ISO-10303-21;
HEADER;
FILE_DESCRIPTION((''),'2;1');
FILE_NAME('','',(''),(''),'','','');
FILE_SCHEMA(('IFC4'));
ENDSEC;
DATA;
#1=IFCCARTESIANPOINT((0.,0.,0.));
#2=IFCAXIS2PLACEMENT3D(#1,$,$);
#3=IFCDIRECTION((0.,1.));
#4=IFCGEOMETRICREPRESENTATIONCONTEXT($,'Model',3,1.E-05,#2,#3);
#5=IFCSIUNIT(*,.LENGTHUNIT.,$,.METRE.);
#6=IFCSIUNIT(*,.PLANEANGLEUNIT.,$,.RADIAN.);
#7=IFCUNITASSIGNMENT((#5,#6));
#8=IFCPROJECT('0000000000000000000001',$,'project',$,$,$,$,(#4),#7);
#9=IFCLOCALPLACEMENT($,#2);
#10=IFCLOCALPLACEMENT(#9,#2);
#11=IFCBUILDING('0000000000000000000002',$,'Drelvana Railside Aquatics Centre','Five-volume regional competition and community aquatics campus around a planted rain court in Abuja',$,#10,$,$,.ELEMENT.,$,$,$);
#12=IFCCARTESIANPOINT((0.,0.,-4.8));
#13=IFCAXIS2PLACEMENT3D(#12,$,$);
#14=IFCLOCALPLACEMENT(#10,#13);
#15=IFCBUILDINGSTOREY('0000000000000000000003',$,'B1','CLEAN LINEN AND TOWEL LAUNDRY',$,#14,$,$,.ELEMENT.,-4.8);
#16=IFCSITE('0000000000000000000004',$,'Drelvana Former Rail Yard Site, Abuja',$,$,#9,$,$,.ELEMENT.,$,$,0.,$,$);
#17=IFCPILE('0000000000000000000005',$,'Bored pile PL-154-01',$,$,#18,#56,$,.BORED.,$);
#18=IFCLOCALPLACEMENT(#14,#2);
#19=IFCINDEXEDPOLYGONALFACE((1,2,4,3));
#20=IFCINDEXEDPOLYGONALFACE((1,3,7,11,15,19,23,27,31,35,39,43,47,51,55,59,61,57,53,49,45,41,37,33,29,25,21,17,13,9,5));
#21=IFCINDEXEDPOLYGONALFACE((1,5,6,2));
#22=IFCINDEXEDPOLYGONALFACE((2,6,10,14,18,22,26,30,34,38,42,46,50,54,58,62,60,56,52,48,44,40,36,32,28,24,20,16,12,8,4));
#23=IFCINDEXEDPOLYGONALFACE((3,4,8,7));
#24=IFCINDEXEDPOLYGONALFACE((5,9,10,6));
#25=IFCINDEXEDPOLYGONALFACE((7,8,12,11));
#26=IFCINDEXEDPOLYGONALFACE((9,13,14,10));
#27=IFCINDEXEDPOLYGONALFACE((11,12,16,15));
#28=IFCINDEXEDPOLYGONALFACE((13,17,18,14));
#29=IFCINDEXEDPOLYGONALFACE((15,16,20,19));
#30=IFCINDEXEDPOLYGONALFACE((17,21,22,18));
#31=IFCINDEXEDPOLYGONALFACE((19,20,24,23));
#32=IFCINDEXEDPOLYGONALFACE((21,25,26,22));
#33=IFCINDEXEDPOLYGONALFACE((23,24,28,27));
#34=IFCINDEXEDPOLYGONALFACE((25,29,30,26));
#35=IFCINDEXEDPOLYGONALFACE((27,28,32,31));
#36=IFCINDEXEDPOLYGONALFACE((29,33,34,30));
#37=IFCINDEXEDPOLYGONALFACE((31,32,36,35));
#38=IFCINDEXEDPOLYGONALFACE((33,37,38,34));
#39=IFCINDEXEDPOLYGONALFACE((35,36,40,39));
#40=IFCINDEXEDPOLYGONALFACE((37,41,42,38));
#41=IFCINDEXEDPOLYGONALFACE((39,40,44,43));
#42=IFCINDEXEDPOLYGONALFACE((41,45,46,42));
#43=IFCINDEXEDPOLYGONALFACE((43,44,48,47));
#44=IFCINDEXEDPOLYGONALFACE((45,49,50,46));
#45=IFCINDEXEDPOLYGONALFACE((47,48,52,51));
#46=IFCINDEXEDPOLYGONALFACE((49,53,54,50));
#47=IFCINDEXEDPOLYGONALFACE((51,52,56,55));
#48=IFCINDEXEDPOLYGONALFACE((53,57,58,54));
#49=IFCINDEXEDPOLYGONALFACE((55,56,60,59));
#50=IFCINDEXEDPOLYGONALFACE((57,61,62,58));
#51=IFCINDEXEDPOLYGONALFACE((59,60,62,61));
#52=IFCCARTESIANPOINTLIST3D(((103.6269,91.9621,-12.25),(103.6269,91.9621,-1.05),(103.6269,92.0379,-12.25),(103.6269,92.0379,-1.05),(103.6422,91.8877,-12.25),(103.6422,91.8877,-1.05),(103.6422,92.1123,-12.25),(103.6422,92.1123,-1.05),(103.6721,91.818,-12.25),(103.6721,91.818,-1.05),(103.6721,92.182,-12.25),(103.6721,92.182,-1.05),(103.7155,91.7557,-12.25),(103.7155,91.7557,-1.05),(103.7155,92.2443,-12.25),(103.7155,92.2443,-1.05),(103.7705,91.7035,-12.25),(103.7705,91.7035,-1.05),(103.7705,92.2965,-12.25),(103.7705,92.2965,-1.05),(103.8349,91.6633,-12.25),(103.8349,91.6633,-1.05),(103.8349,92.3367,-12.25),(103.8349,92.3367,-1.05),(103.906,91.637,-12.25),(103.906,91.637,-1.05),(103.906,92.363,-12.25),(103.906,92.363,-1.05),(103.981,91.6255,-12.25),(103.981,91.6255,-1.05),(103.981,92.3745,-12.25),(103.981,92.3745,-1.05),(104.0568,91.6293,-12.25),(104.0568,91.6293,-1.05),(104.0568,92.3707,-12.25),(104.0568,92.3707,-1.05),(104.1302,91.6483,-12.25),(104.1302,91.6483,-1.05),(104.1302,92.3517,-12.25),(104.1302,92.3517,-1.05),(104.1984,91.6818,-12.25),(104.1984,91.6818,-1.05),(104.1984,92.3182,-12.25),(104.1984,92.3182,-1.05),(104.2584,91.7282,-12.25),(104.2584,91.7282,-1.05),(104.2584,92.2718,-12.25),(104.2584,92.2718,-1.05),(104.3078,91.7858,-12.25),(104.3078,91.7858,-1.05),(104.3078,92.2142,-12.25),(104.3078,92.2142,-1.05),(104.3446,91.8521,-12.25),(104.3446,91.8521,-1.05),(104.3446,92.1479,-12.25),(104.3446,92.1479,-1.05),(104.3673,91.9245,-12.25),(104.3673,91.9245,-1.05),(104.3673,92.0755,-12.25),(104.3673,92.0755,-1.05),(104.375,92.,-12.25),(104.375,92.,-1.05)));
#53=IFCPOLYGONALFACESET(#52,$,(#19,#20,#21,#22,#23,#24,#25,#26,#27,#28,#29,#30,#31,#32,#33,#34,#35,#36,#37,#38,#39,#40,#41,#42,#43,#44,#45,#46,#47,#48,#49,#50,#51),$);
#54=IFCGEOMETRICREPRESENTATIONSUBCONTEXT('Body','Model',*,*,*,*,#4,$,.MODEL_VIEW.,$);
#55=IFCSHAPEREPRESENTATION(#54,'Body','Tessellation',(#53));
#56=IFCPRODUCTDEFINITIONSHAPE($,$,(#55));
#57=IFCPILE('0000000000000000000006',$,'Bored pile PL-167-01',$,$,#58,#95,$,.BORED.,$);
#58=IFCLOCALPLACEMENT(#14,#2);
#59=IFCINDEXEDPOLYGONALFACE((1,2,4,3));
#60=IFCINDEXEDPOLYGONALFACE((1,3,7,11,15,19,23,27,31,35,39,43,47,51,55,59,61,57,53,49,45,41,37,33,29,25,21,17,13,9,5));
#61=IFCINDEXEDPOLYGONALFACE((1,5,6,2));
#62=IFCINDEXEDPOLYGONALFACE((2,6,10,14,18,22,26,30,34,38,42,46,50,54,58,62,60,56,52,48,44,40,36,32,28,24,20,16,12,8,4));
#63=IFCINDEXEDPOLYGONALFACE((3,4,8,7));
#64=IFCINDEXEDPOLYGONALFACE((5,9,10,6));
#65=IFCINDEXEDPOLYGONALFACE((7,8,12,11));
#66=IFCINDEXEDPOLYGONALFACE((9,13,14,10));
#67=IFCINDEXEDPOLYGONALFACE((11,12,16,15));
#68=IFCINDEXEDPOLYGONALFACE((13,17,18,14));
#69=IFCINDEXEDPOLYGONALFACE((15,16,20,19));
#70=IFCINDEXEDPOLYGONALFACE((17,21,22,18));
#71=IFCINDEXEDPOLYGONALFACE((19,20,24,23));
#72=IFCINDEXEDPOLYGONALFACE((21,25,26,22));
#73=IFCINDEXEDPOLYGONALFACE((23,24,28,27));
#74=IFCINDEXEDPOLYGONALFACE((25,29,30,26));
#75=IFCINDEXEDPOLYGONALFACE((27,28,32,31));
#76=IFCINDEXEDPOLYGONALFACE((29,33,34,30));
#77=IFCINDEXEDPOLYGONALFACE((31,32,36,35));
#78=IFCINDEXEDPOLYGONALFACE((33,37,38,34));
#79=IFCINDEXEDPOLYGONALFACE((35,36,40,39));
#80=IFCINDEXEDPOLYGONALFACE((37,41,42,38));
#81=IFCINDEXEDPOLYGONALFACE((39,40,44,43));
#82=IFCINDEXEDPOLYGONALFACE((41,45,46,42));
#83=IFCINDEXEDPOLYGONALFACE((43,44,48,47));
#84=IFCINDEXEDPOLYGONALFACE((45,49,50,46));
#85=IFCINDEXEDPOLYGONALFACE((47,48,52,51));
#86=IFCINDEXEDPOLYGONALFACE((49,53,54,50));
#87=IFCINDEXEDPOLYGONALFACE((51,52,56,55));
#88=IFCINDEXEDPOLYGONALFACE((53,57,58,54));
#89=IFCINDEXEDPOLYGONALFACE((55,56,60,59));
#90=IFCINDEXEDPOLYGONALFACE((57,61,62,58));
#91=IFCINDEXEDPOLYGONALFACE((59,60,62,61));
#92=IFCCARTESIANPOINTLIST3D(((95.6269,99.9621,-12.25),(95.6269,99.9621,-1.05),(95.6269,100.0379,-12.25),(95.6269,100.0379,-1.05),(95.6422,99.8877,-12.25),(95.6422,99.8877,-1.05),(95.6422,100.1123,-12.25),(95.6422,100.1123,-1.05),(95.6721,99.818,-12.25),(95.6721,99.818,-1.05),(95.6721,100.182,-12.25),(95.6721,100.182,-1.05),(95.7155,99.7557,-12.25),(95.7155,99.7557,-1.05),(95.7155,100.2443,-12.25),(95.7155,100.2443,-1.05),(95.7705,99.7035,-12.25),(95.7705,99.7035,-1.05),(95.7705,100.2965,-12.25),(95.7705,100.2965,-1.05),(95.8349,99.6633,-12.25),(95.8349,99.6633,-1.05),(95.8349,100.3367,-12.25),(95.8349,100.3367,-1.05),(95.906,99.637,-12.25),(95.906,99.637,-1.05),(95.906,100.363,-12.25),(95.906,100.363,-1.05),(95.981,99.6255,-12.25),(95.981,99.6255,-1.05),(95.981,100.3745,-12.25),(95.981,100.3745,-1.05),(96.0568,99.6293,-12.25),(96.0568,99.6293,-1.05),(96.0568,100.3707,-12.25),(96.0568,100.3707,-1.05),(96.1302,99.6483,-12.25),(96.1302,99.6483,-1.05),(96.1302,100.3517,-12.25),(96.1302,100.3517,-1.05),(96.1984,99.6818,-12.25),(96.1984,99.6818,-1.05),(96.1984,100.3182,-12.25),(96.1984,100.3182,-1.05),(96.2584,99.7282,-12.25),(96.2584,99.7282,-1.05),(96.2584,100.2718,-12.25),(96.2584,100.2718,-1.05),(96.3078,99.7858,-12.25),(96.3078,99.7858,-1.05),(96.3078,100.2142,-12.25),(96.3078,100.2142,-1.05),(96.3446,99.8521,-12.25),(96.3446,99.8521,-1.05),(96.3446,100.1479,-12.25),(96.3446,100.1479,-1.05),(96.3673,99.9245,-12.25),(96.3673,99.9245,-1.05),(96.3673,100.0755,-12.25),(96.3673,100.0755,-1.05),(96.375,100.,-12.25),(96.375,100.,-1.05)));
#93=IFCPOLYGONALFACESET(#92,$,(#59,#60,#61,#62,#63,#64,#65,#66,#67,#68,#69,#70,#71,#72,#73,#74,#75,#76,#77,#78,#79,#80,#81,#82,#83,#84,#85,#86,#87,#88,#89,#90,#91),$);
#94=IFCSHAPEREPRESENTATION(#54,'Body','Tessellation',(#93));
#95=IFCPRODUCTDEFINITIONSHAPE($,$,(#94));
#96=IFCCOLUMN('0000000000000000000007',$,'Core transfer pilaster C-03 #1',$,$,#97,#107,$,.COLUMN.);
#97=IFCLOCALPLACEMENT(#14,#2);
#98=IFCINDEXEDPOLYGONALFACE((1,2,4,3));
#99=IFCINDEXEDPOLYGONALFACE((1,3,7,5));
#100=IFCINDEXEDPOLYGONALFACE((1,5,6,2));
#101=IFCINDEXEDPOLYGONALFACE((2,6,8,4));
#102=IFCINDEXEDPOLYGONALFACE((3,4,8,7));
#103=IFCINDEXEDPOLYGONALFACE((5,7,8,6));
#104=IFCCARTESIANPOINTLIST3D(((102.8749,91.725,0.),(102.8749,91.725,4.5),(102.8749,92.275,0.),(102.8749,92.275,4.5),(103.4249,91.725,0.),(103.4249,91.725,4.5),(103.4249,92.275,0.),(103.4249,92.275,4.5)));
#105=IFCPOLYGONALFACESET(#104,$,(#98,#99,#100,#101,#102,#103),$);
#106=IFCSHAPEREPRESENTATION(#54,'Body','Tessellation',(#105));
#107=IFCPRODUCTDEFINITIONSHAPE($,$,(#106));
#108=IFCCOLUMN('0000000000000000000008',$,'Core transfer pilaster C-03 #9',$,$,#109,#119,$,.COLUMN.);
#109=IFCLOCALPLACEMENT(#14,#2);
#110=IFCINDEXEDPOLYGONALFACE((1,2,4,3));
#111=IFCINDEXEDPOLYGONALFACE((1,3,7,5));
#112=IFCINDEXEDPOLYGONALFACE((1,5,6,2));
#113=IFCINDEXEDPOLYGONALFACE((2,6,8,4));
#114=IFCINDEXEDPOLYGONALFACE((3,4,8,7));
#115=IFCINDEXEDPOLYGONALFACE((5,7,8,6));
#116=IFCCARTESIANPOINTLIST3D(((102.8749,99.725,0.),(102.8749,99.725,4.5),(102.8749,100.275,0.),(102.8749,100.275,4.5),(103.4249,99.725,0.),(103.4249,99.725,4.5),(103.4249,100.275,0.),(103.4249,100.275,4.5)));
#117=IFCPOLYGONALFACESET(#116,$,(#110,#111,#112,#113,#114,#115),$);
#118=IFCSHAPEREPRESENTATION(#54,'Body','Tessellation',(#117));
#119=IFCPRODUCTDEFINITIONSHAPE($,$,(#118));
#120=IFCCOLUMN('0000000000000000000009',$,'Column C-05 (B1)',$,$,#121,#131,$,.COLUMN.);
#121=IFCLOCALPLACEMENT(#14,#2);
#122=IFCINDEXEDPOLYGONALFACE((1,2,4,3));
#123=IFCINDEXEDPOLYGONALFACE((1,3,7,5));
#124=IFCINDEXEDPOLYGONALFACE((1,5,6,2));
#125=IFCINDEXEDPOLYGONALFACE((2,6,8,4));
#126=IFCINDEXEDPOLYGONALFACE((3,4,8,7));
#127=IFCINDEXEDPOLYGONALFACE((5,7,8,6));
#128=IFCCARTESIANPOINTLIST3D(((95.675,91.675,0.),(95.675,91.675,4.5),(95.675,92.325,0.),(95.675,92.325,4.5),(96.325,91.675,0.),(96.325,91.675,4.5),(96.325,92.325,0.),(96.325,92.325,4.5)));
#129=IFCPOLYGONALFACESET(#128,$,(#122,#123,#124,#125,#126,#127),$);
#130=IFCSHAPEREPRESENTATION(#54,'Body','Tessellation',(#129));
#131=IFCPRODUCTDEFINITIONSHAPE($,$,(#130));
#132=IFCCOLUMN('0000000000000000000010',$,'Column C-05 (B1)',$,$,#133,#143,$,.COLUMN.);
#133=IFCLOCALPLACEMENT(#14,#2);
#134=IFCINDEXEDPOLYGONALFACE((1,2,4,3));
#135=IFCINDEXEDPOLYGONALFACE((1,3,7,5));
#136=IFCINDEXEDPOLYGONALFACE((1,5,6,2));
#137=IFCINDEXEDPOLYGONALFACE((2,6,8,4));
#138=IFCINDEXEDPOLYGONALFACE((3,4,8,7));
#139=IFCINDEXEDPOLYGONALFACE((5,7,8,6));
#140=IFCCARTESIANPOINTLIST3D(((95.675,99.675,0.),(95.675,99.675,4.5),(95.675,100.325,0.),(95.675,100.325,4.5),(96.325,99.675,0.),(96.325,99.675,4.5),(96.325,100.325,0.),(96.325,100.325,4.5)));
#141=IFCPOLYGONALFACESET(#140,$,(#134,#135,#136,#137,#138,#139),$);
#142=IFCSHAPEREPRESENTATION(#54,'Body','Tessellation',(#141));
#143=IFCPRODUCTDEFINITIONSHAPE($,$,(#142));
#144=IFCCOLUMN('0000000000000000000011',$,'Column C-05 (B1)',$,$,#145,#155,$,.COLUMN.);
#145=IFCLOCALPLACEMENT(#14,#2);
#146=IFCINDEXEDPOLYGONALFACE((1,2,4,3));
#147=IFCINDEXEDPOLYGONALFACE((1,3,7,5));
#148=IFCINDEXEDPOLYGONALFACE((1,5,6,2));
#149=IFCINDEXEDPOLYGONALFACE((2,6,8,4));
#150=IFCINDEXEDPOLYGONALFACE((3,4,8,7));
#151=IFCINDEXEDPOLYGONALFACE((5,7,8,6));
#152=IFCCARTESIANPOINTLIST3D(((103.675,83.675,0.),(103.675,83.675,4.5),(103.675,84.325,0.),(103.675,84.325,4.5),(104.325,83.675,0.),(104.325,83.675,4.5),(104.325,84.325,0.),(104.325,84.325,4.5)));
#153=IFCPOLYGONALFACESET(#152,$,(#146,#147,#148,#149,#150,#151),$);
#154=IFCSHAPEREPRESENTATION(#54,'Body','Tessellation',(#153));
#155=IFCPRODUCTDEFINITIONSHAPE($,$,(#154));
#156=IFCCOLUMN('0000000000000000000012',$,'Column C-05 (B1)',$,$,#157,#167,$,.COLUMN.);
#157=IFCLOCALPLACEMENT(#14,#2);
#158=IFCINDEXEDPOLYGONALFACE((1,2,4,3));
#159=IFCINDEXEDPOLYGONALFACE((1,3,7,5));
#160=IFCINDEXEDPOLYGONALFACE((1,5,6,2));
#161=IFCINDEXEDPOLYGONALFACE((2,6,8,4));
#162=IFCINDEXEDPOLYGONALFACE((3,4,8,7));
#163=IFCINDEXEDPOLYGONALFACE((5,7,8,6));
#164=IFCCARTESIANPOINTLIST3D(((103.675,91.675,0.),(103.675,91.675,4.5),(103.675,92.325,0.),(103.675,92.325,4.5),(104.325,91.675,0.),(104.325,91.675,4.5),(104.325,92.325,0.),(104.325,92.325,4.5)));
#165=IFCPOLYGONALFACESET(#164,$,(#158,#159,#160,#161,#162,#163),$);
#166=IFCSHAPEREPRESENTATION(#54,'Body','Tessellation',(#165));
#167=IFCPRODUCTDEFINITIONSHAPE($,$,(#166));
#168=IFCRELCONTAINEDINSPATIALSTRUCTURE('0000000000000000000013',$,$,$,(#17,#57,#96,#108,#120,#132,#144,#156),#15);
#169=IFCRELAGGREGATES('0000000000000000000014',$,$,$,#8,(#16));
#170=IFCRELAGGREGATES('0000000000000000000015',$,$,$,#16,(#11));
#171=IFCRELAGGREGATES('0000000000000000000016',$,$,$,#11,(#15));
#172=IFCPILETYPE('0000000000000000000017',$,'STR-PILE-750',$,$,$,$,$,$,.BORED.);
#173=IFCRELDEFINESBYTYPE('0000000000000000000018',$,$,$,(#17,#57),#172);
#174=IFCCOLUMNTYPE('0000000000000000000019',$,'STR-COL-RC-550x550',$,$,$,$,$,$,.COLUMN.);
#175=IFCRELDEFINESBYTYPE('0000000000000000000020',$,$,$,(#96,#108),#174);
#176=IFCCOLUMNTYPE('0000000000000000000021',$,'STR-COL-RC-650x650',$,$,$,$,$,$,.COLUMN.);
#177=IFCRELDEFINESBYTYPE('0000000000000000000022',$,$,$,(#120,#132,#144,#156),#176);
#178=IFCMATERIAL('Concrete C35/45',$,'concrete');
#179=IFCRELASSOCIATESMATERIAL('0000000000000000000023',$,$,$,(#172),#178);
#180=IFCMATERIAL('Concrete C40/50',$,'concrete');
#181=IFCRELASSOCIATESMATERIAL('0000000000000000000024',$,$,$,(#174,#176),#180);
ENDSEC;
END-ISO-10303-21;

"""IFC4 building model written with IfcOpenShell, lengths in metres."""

from ifc_helpers import new_model, si_unit, direction, frame, origin, origin_2d, place, context, subcontext, project, spatial, rectangle, circle, extrude, material, material_profile, profile_set, type_object, element, save


model = new_model("IFC4")

# Units and contexts
model_context = context("Model", 3, precision=1e-05, world=origin(), true_north=direction((0.0, 1.0)))
body_context = subcontext(model_context, "Body", "Model", "MODEL_VIEW")
ifc_project = project(units=[si_unit("LENGTHUNIT", "METRE"), si_unit("PLANEANGLEUNIT", "RADIAN")], contexts=[model_context])

# Site, building, storey
site_placement = place(None, origin())
site = spatial("IfcSite", under=ifc_project, at=site_placement, Name="Drelvana Former Rail Yard Site, Abuja", CompositionType="ELEMENT", RefElevation=0.0)
building_placement = place(site_placement, origin())
building = spatial("IfcBuilding", under=site, at=building_placement, Name="Drelvana Railside Aquatics Centre", Description="Five-volume regional competition and community aquatics campus around a planted rain court in Abuja", CompositionType="ELEMENT")
storey_placement = place(building_placement, frame((0.0, 0.0, -4.8)))
storey = spatial("IfcBuildingStorey", under=building, at=storey_placement, Name="B1", Description="CLEAN LINEN AND TOWEL LAUNDRY", CompositionType="ELEMENT", Elevation=-4.8)

# Shared definitions
ifc_material_1 = material(Name="Concrete C35/45", Category="concrete")

# Piles
ifc_material_profile_1 = material_profile(ifc_material_1, circle(Radius=0.375, at=origin_2d()), Name="PILE D750")
ifc_profile_set_1 = profile_set([ifc_material_profile_1], Name="Concrete C35/45")
pile_type = type_object("IfcPileType", Name="STR-PILE-750", PredefinedType="BORED", material=ifc_profile_set_1)
for number, where, z_axis, x_axis, name in (
    (1, (104.0, 92.0, -1.05), (0.0, 0.0, -1.0), (1.0, 0.0, 0.0), "Bored pile PL-154-01"),
    (2, (96.0, 100.0, -1.05), (0.0, 0.0, -1.0), (1.0, 0.0, 0.0), "Bored pile PL-167-01"),
):
    element("IfcPile", number, at=place(storey_placement, frame(where, z_axis=z_axis, x_axis=x_axis)), inside=storey, type_object=pile_type, Name=name, PredefinedType="BORED", context=body_context, shape_type="SweptSolid", body=[
        extrude(circle(Radius=0.375, at=origin_2d()), origin(), (0.0, 0.0, 1.0), 11.2),
    ])

# Columns
ifc_material_2 = material(Name="Concrete C40/50", Category="concrete")
ifc_material_profile_2 = material_profile(ifc_material_2, rectangle(XDim=0.55, YDim=0.55, at=origin_2d()), Name="RC 550x550")
ifc_profile_set_2 = profile_set([ifc_material_profile_2], Name="Concrete C40/50")
column_type_1 = type_object("IfcColumnType", Name="STR-COL-RC-550x550", PredefinedType="COLUMN", material=ifc_profile_set_2)
for number, where, z_axis, x_axis, name in (
    (3, (103.1499, 92.0, 0.0), (0.0, 0.0, 1.0), (1.0, 0.0, 0.0), "Core transfer pilaster C-03 #1"),
    (4, (103.1499, 100.0, 0.0), (0.0, 0.0, 1.0), (1.0, 0.0, 0.0), "Core transfer pilaster C-03 #9"),
):
    element("IfcColumn", number, at=place(storey_placement, frame(where, z_axis=z_axis, x_axis=x_axis)), inside=storey, type_object=column_type_1, Name=name, PredefinedType="COLUMN", context=body_context, shape_type="SweptSolid", body=[
        extrude(rectangle(XDim=0.55, YDim=0.55, at=origin_2d()), origin(), (0.0, 0.0, 1.0), 4.5),
    ])
ifc_material_profile_3 = material_profile(ifc_material_2, rectangle(XDim=0.6499, YDim=0.6499, at=origin_2d()), Name="RC 650x650")
ifc_profile_set_3 = profile_set([ifc_material_profile_3], Name="Concrete C40/50")
column_type_2 = type_object("IfcColumnType", Name="STR-COL-RC-650x650", PredefinedType="COLUMN", material=ifc_profile_set_3)
for number, where, z_axis, x_axis, name in (
    (5, (96.0, 92.0, 0.0), (0.0, 0.0, 1.0), (1.0, 0.0, 0.0), "Column C-05 (B1)"),
    (6, (96.0, 100.0, 0.0), (0.0, 0.0, 1.0), (1.0, 0.0, 0.0), "Column C-05 (B1)"),
    (7, (104.0, 84.0, 0.0), (0.0, 0.0, 1.0), (1.0, 0.0, 0.0), "Column C-05 (B1)"),
    (8, (104.0, 92.0, 0.0), (0.0, 0.0, 1.0), (1.0, 0.0, 0.0), "Column C-05 (B1)"),
):
    element("IfcColumn", number, at=place(storey_placement, frame(where, z_axis=z_axis, x_axis=x_axis)), inside=storey, type_object=column_type_2, Name=name, PredefinedType="COLUMN", context=body_context, shape_type="SweptSolid", body=[
        extrude(rectangle(XDim=0.6499, YDim=0.6499, at=origin_2d()), origin(), (0.0, 0.0, 1.0), 4.5),
    ])

save(model, "model.ifc")
